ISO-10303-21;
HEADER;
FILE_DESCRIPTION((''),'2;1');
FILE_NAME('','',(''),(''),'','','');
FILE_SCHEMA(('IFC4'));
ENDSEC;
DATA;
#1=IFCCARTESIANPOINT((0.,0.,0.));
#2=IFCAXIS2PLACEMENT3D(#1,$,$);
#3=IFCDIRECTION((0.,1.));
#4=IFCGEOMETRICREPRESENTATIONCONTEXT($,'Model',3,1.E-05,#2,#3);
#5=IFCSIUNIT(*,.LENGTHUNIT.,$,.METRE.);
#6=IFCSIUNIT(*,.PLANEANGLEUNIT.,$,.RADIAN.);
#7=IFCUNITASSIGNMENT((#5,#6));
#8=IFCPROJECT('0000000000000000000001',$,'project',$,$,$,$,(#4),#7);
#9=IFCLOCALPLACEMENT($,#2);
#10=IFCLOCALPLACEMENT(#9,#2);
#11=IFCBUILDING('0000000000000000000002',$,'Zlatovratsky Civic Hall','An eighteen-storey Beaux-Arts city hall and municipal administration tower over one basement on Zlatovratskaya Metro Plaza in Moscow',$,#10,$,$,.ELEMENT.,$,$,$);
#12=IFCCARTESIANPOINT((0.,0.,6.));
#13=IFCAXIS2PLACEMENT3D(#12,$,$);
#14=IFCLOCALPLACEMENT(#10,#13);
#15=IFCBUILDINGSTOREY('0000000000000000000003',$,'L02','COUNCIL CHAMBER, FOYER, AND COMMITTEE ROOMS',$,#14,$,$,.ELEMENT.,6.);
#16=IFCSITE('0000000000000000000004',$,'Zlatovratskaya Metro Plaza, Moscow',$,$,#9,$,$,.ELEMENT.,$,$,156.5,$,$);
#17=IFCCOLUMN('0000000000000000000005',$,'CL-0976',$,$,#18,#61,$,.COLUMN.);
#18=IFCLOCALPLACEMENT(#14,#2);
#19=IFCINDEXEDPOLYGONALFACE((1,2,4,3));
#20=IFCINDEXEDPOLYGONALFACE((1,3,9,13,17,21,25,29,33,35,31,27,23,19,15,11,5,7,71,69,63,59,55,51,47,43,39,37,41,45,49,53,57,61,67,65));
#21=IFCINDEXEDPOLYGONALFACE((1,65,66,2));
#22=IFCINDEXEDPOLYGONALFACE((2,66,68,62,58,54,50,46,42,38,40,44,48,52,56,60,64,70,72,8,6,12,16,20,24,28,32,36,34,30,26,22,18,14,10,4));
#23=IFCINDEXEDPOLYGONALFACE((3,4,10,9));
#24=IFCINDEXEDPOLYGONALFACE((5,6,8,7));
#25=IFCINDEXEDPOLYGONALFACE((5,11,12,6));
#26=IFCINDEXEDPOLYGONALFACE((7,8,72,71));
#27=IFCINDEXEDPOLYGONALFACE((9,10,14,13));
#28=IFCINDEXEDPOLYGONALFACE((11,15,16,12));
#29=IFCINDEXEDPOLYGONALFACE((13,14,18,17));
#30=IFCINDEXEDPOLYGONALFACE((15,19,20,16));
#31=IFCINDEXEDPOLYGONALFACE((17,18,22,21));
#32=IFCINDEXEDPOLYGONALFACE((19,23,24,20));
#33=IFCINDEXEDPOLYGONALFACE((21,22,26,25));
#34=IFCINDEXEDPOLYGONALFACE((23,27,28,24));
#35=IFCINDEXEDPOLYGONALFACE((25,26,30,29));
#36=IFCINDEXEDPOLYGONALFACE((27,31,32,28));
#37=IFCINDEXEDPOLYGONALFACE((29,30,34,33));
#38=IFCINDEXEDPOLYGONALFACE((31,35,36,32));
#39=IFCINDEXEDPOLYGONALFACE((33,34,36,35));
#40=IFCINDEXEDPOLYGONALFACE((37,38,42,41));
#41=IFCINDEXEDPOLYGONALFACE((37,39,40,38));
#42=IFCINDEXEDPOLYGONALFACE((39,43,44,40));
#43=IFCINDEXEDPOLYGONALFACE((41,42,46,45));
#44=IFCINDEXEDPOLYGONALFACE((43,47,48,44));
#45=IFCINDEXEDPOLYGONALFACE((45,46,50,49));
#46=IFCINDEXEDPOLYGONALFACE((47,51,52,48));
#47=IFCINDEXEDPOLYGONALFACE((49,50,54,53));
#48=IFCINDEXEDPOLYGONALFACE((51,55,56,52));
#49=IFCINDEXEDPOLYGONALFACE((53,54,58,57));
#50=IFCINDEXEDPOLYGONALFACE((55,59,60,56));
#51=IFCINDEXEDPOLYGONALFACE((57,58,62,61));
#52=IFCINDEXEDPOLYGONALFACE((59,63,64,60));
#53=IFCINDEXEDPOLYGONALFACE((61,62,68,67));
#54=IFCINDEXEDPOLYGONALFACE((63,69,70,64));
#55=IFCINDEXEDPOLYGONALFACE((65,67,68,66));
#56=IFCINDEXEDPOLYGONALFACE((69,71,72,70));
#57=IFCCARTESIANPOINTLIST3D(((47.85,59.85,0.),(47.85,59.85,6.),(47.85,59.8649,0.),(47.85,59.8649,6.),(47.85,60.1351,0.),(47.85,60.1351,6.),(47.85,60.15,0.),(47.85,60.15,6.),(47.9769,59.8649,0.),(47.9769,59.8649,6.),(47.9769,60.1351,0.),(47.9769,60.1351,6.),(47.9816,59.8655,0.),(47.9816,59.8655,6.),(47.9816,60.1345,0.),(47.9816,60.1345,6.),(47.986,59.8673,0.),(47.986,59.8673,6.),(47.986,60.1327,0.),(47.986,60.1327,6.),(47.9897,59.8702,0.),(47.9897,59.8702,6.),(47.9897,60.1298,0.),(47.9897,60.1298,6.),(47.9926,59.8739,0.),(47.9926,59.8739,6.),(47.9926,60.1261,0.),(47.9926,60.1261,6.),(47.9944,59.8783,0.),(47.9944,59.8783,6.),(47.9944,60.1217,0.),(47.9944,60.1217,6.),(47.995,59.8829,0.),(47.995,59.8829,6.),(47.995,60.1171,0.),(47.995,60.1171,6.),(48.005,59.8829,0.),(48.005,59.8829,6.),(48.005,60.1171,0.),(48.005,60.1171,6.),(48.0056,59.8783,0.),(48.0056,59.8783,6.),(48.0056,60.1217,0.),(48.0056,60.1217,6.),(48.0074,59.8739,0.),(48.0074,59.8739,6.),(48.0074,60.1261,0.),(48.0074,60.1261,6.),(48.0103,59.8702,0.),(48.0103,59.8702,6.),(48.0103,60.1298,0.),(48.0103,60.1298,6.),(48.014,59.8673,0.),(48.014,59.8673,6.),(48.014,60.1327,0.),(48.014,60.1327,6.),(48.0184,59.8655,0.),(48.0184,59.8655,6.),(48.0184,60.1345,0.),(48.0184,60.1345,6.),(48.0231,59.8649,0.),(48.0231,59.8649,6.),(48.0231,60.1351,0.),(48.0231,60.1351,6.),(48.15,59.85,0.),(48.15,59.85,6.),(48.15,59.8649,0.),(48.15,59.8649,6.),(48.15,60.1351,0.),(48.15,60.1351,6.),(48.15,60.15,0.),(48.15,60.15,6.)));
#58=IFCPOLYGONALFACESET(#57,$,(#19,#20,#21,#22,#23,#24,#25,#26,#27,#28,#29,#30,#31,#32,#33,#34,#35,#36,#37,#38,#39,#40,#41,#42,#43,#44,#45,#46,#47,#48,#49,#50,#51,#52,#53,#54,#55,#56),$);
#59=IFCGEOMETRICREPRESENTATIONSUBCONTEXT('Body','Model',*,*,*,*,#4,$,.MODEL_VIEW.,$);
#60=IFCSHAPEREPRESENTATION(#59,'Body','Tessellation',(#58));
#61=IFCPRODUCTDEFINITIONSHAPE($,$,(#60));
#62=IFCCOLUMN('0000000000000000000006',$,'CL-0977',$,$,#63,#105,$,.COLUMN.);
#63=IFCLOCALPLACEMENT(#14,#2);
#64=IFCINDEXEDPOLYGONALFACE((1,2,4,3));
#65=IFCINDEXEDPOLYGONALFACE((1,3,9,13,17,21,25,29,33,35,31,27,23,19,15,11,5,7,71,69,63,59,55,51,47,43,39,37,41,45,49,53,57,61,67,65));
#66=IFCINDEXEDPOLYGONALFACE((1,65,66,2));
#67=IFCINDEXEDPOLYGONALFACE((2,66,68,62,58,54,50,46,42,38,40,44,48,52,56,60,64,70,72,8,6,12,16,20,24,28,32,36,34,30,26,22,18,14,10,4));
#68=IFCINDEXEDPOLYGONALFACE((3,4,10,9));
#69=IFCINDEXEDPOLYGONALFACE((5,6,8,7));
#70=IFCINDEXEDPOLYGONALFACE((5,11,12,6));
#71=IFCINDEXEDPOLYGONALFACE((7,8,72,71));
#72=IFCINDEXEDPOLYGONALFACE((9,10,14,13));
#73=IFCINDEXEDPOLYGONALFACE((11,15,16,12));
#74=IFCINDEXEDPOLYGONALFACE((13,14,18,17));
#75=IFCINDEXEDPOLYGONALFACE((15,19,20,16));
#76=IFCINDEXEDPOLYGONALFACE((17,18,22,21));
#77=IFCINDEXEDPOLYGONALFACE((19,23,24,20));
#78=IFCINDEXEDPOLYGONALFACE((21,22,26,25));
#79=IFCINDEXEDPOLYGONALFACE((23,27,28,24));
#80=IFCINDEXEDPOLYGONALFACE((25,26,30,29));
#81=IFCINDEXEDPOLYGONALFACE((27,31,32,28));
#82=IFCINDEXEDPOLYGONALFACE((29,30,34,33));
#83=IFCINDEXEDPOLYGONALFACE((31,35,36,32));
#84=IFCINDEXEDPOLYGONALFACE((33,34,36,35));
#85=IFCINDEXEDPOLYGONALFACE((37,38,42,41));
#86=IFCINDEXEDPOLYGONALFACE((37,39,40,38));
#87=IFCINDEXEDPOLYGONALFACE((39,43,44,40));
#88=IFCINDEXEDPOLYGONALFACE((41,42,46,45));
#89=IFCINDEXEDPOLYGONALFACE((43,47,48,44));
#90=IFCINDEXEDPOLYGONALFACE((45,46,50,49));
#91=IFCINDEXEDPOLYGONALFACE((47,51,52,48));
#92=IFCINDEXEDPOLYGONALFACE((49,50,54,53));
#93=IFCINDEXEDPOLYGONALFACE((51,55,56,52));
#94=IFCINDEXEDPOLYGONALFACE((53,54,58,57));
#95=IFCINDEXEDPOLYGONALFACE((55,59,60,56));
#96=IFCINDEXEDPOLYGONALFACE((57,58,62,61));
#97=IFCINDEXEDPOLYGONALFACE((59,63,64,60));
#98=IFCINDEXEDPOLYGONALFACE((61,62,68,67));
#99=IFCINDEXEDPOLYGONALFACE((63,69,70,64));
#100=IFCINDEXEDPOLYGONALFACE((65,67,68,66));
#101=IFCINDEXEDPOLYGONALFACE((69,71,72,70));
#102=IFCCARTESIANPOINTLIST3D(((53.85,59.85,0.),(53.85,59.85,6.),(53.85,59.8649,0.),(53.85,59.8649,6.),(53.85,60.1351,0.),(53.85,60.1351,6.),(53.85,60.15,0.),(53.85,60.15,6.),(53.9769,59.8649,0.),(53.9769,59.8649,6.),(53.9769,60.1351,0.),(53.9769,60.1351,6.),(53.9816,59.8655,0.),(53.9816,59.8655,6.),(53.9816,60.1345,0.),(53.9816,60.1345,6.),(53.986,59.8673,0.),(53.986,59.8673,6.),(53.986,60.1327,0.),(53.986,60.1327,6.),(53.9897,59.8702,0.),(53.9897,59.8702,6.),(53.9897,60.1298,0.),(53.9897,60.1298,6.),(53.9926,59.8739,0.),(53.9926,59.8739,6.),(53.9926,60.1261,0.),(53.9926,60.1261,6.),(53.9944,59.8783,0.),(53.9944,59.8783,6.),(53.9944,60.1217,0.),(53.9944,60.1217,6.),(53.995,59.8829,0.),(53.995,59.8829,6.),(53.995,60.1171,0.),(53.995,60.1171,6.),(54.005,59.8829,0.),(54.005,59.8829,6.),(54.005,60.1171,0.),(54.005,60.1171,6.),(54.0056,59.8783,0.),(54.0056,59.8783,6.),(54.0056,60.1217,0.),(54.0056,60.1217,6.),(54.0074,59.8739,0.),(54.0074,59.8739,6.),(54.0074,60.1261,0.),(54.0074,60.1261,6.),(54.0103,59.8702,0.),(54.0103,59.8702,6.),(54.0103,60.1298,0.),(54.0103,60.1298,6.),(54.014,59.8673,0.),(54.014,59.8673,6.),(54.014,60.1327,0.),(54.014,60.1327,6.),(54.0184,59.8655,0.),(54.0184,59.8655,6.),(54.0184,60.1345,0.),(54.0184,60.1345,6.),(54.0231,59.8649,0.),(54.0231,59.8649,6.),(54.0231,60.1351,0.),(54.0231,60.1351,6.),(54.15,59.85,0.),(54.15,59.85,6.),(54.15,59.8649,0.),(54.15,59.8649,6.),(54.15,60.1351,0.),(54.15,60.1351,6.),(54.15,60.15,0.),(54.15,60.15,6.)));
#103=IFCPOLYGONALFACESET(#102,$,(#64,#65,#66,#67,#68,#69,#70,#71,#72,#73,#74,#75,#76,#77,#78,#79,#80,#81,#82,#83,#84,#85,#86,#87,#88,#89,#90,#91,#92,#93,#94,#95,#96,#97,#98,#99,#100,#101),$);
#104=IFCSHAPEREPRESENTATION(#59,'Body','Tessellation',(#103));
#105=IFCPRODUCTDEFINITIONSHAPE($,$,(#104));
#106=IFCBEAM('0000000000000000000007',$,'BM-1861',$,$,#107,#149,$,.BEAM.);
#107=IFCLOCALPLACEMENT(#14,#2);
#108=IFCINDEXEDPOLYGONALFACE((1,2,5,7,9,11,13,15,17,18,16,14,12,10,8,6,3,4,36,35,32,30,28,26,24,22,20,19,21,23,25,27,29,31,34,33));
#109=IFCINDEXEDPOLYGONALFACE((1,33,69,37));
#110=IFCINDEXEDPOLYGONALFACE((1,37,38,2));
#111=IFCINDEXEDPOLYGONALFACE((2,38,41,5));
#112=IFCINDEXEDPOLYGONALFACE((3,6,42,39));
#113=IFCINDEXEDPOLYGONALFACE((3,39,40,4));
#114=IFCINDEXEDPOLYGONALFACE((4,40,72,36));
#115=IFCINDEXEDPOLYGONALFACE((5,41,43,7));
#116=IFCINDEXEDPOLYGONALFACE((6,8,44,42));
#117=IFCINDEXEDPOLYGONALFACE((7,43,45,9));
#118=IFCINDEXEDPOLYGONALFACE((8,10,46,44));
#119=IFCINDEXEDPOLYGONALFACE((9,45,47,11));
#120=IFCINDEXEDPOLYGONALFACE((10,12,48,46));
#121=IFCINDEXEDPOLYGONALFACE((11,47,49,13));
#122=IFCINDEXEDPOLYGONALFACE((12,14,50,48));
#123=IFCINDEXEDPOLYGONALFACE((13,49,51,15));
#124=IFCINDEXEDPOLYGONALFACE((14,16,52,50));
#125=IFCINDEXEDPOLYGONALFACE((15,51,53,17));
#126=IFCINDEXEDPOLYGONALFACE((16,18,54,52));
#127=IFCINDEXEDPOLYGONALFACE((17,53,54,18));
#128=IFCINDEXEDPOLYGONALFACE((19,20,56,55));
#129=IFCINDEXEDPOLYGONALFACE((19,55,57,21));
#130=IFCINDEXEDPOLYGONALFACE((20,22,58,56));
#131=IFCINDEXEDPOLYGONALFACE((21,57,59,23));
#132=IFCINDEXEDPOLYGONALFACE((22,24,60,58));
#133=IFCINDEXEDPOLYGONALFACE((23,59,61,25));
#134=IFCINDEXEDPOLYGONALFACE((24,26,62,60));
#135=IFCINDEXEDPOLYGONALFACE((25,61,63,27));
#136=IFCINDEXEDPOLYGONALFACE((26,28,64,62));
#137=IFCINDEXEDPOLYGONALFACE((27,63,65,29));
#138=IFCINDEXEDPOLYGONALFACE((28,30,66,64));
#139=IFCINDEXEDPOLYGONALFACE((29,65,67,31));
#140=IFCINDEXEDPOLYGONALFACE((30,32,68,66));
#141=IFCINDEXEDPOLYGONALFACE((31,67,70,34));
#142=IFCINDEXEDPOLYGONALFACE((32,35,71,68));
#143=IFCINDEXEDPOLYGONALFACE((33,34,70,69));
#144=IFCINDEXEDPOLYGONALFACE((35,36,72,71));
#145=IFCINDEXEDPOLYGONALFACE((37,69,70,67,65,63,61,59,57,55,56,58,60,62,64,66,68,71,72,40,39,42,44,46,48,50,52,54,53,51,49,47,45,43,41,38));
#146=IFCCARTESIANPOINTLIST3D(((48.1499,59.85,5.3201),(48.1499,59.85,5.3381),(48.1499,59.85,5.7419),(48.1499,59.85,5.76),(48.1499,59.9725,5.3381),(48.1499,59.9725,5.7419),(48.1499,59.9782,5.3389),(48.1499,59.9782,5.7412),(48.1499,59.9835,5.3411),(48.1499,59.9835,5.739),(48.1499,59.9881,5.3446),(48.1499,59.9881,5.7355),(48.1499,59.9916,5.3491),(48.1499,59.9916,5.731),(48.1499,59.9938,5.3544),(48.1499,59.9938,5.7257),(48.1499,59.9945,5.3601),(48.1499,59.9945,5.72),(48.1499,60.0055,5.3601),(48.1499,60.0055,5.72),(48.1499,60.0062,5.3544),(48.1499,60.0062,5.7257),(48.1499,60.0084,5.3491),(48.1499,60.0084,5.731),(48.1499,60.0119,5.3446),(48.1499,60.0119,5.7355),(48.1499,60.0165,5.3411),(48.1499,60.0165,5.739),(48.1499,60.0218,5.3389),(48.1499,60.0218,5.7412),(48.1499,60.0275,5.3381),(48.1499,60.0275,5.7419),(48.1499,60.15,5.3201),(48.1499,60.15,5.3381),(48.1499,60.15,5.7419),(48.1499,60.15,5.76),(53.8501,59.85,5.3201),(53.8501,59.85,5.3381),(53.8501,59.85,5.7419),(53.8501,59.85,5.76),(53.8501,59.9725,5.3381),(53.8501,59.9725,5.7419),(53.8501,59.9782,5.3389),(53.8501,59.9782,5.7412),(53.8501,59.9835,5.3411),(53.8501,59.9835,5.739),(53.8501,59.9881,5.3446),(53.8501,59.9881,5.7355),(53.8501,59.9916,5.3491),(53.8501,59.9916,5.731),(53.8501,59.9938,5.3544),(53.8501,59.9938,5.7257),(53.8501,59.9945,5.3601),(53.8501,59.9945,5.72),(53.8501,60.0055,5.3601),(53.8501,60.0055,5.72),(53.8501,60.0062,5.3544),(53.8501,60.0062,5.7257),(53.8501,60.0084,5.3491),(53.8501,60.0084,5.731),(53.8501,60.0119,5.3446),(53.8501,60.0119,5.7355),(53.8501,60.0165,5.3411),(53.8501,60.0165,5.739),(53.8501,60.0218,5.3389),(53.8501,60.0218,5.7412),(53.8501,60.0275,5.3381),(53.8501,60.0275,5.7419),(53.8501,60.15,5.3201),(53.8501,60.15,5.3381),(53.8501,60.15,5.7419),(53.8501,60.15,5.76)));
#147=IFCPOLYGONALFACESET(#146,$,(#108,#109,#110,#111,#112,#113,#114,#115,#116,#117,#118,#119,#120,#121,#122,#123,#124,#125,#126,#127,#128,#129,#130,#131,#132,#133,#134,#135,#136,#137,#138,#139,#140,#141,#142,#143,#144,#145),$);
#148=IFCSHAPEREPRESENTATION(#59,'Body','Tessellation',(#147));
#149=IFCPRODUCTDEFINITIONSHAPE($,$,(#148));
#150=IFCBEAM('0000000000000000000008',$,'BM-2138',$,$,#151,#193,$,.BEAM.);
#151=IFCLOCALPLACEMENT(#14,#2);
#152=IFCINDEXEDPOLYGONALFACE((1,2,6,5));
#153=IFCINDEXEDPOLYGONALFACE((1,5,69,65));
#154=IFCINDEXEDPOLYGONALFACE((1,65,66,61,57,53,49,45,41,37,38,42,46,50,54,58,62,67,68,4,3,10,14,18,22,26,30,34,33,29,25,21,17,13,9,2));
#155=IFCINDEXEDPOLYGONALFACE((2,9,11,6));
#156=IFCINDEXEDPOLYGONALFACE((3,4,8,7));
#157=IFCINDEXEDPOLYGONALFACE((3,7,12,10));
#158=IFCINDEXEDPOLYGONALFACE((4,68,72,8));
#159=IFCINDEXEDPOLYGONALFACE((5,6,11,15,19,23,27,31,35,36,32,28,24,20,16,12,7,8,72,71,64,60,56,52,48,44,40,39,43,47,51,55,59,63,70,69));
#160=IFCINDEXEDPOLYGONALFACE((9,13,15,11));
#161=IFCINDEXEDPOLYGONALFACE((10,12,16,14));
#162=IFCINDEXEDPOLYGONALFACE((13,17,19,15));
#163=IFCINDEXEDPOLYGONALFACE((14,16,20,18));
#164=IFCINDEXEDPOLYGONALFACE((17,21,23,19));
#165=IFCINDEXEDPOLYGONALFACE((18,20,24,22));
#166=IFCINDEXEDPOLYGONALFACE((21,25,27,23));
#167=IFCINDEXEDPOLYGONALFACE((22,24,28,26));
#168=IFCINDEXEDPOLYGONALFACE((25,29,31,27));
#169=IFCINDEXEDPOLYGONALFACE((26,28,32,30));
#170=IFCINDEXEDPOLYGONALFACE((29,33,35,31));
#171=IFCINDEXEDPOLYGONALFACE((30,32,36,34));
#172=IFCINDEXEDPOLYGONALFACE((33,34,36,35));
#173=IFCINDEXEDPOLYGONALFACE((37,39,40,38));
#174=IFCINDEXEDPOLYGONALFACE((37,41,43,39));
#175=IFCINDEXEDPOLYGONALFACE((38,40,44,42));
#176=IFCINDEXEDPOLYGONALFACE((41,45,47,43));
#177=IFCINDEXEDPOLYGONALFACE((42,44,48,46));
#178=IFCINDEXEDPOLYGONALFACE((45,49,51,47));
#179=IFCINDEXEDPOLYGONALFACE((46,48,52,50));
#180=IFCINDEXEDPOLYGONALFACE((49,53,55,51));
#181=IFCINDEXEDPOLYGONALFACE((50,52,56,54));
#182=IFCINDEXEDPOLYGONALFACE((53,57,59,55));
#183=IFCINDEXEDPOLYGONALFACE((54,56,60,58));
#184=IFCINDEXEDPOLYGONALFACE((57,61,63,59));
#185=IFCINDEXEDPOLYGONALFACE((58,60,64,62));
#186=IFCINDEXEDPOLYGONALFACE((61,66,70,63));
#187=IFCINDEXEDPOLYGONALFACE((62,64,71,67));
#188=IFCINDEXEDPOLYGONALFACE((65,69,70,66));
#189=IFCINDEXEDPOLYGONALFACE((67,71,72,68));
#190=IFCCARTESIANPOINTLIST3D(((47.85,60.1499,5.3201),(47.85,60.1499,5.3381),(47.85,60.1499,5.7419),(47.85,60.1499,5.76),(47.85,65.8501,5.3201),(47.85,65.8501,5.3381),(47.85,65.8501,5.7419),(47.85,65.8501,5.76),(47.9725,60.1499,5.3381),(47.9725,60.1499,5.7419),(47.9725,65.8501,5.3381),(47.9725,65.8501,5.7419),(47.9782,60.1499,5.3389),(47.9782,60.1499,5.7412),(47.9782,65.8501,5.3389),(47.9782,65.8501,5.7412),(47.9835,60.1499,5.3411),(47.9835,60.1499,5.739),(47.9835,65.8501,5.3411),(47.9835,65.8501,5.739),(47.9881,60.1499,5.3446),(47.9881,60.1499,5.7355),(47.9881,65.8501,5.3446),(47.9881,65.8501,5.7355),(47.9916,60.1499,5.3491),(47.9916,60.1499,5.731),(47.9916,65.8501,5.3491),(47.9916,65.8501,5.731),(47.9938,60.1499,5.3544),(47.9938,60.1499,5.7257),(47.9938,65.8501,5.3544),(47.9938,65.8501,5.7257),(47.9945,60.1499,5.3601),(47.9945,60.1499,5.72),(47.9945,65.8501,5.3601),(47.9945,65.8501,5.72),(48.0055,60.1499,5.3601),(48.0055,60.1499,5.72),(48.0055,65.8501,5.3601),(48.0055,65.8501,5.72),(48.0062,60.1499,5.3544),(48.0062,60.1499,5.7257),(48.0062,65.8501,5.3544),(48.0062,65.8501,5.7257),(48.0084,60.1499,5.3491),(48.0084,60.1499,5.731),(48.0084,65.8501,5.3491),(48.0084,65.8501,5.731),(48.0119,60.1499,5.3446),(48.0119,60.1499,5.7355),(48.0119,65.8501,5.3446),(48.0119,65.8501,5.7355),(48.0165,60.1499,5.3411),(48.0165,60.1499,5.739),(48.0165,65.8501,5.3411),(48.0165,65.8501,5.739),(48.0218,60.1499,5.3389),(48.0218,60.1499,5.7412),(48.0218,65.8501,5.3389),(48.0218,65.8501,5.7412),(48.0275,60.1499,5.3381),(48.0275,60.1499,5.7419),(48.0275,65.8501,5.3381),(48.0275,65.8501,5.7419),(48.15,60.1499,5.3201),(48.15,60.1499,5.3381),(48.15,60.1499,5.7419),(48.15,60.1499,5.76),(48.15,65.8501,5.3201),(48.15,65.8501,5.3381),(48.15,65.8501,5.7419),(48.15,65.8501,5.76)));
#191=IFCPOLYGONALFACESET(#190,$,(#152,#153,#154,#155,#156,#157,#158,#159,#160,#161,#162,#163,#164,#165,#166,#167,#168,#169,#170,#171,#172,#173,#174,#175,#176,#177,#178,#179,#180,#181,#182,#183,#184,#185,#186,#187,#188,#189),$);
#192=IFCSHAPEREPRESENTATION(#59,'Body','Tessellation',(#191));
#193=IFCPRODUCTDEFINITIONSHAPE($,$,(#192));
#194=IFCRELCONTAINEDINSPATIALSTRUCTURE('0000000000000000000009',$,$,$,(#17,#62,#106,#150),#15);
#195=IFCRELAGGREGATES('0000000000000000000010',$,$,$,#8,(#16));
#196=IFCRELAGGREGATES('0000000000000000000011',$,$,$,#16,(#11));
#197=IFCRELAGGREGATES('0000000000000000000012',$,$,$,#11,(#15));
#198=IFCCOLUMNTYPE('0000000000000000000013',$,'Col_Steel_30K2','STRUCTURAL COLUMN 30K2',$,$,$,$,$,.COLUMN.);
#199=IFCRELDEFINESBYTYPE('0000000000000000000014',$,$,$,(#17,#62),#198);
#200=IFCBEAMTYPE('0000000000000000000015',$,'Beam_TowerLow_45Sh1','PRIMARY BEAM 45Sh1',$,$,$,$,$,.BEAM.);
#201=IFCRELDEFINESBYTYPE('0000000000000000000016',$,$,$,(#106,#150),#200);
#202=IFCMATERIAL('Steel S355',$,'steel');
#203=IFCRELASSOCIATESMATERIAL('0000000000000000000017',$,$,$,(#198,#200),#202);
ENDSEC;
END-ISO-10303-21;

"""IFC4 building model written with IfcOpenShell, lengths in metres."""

from ifc_helpers import new_model, si_unit, direction, frame, origin, origin_2d, place, context, subcontext, project, spatial, i_section, extrude, material, material_profile, profile_set, type_object, element, save


model = new_model("IFC4")

# Units and contexts
model_context = context("Model", 3, precision=1e-05, world=origin(), true_north=direction((0.0, 1.0)))
body_context = subcontext(model_context, "Body", "Model", "MODEL_VIEW")
ifc_project = project(units=[si_unit("LENGTHUNIT", "METRE"), si_unit("PLANEANGLEUNIT", "RADIAN")], contexts=[model_context])

# Site, building, storey
site_placement = place(None, origin())
site = spatial("IfcSite", under=ifc_project, at=site_placement, Name="Zlatovratskaya Metro Plaza, Moscow", CompositionType="ELEMENT", RefElevation=156.5)
building_placement = place(site_placement, origin())
building = spatial("IfcBuilding", under=site, at=building_placement, Name="Zlatovratsky Civic Hall", Description="An eighteen-storey Beaux-Arts city hall and municipal administration tower over one basement on Zlatovratskaya Metro Plaza in Moscow", CompositionType="ELEMENT")
storey_placement = place(building_placement, frame((0.0, 0.0, 6.0)))
storey = spatial("IfcBuildingStorey", under=building, at=storey_placement, Name="L02", Description="COUNCIL CHAMBER, FOYER, AND COMMITTEE ROOMS", CompositionType="ELEMENT", Elevation=6.0)

# Columns
ifc_material_1 = material(Name="Steel S355", Category="steel")
ifc_material_profile_1 = material_profile(ifc_material_1, i_section(OverallWidth=0.3, OverallDepth=0.3, WebThickness=0.01, FlangeThickness=0.0149, FilletRadius=0.0181, at=origin_2d()), Name="30K2")
ifc_profile_set_1 = profile_set([ifc_material_profile_1], Name="Steel S355")
column_type = type_object("IfcColumnType", Name="Col_Steel_30K2", Description="STRUCTURAL COLUMN 30K2", PredefinedType="COLUMN", material=ifc_profile_set_1)
for number, where, z_axis, x_axis, name in (
    (1, (48.0, 60.0, 0.0), (0.0, 0.0, 1.0), (1.0, 0.0, 0.0), "CL-0976"),
    (2, (54.0, 60.0, 0.0), (0.0, 0.0, 1.0), (1.0, 0.0, 0.0), "CL-0977"),
):
    element("IfcColumn", number, at=place(storey_placement, frame(where, z_axis=z_axis, x_axis=x_axis)), inside=storey, type_object=column_type, Name=name, PredefinedType="COLUMN", context=body_context, shape_type="SweptSolid", body=[
        extrude(i_section(OverallWidth=0.3, OverallDepth=0.3, WebThickness=0.01, FlangeThickness=0.0149, FilletRadius=0.0181, at=origin_2d()), origin(), (0.0, 0.0, 1.0), 6.0),
    ])

# Beams
ifc_material_profile_2 = material_profile(ifc_material_1, i_section(OverallWidth=0.3, OverallDepth=0.4399, WebThickness=0.011, FlangeThickness=0.0181, FilletRadius=0.022, at=origin_2d()), Name="45Sh1")
ifc_profile_set_2 = profile_set([ifc_material_profile_2], Name="Steel S355")
beam_type = type_object("IfcBeamType", Name="Beam_TowerLow_45Sh1", Description="PRIMARY BEAM 45Sh1", PredefinedType="BEAM", material=ifc_profile_set_2)
for number, where, z_axis, x_axis, name in (
    (3, (48.1499, 60.0, 5.54), (1.0, 0.0, 0.0), (0.0, 1.0, 0.0), "BM-1861"),
    (4, (48.0, 60.1499, 5.54), (0.0, 1.0, 0.0), (-1.0, 0.0, 0.0), "BM-2138"),
):
    element("IfcBeam", number, at=place(storey_placement, frame(where, z_axis=z_axis, x_axis=x_axis)), inside=storey, type_object=beam_type, Name=name, PredefinedType="BEAM", context=body_context, shape_type="SweptSolid", body=[
        extrude(i_section(OverallWidth=0.3, OverallDepth=0.4399, WebThickness=0.011, FlangeThickness=0.0181, FilletRadius=0.022, at=origin_2d()), origin(), (0.0, 0.0, 1.0), 5.7002),
    ])

save(model, "model.ifc")
